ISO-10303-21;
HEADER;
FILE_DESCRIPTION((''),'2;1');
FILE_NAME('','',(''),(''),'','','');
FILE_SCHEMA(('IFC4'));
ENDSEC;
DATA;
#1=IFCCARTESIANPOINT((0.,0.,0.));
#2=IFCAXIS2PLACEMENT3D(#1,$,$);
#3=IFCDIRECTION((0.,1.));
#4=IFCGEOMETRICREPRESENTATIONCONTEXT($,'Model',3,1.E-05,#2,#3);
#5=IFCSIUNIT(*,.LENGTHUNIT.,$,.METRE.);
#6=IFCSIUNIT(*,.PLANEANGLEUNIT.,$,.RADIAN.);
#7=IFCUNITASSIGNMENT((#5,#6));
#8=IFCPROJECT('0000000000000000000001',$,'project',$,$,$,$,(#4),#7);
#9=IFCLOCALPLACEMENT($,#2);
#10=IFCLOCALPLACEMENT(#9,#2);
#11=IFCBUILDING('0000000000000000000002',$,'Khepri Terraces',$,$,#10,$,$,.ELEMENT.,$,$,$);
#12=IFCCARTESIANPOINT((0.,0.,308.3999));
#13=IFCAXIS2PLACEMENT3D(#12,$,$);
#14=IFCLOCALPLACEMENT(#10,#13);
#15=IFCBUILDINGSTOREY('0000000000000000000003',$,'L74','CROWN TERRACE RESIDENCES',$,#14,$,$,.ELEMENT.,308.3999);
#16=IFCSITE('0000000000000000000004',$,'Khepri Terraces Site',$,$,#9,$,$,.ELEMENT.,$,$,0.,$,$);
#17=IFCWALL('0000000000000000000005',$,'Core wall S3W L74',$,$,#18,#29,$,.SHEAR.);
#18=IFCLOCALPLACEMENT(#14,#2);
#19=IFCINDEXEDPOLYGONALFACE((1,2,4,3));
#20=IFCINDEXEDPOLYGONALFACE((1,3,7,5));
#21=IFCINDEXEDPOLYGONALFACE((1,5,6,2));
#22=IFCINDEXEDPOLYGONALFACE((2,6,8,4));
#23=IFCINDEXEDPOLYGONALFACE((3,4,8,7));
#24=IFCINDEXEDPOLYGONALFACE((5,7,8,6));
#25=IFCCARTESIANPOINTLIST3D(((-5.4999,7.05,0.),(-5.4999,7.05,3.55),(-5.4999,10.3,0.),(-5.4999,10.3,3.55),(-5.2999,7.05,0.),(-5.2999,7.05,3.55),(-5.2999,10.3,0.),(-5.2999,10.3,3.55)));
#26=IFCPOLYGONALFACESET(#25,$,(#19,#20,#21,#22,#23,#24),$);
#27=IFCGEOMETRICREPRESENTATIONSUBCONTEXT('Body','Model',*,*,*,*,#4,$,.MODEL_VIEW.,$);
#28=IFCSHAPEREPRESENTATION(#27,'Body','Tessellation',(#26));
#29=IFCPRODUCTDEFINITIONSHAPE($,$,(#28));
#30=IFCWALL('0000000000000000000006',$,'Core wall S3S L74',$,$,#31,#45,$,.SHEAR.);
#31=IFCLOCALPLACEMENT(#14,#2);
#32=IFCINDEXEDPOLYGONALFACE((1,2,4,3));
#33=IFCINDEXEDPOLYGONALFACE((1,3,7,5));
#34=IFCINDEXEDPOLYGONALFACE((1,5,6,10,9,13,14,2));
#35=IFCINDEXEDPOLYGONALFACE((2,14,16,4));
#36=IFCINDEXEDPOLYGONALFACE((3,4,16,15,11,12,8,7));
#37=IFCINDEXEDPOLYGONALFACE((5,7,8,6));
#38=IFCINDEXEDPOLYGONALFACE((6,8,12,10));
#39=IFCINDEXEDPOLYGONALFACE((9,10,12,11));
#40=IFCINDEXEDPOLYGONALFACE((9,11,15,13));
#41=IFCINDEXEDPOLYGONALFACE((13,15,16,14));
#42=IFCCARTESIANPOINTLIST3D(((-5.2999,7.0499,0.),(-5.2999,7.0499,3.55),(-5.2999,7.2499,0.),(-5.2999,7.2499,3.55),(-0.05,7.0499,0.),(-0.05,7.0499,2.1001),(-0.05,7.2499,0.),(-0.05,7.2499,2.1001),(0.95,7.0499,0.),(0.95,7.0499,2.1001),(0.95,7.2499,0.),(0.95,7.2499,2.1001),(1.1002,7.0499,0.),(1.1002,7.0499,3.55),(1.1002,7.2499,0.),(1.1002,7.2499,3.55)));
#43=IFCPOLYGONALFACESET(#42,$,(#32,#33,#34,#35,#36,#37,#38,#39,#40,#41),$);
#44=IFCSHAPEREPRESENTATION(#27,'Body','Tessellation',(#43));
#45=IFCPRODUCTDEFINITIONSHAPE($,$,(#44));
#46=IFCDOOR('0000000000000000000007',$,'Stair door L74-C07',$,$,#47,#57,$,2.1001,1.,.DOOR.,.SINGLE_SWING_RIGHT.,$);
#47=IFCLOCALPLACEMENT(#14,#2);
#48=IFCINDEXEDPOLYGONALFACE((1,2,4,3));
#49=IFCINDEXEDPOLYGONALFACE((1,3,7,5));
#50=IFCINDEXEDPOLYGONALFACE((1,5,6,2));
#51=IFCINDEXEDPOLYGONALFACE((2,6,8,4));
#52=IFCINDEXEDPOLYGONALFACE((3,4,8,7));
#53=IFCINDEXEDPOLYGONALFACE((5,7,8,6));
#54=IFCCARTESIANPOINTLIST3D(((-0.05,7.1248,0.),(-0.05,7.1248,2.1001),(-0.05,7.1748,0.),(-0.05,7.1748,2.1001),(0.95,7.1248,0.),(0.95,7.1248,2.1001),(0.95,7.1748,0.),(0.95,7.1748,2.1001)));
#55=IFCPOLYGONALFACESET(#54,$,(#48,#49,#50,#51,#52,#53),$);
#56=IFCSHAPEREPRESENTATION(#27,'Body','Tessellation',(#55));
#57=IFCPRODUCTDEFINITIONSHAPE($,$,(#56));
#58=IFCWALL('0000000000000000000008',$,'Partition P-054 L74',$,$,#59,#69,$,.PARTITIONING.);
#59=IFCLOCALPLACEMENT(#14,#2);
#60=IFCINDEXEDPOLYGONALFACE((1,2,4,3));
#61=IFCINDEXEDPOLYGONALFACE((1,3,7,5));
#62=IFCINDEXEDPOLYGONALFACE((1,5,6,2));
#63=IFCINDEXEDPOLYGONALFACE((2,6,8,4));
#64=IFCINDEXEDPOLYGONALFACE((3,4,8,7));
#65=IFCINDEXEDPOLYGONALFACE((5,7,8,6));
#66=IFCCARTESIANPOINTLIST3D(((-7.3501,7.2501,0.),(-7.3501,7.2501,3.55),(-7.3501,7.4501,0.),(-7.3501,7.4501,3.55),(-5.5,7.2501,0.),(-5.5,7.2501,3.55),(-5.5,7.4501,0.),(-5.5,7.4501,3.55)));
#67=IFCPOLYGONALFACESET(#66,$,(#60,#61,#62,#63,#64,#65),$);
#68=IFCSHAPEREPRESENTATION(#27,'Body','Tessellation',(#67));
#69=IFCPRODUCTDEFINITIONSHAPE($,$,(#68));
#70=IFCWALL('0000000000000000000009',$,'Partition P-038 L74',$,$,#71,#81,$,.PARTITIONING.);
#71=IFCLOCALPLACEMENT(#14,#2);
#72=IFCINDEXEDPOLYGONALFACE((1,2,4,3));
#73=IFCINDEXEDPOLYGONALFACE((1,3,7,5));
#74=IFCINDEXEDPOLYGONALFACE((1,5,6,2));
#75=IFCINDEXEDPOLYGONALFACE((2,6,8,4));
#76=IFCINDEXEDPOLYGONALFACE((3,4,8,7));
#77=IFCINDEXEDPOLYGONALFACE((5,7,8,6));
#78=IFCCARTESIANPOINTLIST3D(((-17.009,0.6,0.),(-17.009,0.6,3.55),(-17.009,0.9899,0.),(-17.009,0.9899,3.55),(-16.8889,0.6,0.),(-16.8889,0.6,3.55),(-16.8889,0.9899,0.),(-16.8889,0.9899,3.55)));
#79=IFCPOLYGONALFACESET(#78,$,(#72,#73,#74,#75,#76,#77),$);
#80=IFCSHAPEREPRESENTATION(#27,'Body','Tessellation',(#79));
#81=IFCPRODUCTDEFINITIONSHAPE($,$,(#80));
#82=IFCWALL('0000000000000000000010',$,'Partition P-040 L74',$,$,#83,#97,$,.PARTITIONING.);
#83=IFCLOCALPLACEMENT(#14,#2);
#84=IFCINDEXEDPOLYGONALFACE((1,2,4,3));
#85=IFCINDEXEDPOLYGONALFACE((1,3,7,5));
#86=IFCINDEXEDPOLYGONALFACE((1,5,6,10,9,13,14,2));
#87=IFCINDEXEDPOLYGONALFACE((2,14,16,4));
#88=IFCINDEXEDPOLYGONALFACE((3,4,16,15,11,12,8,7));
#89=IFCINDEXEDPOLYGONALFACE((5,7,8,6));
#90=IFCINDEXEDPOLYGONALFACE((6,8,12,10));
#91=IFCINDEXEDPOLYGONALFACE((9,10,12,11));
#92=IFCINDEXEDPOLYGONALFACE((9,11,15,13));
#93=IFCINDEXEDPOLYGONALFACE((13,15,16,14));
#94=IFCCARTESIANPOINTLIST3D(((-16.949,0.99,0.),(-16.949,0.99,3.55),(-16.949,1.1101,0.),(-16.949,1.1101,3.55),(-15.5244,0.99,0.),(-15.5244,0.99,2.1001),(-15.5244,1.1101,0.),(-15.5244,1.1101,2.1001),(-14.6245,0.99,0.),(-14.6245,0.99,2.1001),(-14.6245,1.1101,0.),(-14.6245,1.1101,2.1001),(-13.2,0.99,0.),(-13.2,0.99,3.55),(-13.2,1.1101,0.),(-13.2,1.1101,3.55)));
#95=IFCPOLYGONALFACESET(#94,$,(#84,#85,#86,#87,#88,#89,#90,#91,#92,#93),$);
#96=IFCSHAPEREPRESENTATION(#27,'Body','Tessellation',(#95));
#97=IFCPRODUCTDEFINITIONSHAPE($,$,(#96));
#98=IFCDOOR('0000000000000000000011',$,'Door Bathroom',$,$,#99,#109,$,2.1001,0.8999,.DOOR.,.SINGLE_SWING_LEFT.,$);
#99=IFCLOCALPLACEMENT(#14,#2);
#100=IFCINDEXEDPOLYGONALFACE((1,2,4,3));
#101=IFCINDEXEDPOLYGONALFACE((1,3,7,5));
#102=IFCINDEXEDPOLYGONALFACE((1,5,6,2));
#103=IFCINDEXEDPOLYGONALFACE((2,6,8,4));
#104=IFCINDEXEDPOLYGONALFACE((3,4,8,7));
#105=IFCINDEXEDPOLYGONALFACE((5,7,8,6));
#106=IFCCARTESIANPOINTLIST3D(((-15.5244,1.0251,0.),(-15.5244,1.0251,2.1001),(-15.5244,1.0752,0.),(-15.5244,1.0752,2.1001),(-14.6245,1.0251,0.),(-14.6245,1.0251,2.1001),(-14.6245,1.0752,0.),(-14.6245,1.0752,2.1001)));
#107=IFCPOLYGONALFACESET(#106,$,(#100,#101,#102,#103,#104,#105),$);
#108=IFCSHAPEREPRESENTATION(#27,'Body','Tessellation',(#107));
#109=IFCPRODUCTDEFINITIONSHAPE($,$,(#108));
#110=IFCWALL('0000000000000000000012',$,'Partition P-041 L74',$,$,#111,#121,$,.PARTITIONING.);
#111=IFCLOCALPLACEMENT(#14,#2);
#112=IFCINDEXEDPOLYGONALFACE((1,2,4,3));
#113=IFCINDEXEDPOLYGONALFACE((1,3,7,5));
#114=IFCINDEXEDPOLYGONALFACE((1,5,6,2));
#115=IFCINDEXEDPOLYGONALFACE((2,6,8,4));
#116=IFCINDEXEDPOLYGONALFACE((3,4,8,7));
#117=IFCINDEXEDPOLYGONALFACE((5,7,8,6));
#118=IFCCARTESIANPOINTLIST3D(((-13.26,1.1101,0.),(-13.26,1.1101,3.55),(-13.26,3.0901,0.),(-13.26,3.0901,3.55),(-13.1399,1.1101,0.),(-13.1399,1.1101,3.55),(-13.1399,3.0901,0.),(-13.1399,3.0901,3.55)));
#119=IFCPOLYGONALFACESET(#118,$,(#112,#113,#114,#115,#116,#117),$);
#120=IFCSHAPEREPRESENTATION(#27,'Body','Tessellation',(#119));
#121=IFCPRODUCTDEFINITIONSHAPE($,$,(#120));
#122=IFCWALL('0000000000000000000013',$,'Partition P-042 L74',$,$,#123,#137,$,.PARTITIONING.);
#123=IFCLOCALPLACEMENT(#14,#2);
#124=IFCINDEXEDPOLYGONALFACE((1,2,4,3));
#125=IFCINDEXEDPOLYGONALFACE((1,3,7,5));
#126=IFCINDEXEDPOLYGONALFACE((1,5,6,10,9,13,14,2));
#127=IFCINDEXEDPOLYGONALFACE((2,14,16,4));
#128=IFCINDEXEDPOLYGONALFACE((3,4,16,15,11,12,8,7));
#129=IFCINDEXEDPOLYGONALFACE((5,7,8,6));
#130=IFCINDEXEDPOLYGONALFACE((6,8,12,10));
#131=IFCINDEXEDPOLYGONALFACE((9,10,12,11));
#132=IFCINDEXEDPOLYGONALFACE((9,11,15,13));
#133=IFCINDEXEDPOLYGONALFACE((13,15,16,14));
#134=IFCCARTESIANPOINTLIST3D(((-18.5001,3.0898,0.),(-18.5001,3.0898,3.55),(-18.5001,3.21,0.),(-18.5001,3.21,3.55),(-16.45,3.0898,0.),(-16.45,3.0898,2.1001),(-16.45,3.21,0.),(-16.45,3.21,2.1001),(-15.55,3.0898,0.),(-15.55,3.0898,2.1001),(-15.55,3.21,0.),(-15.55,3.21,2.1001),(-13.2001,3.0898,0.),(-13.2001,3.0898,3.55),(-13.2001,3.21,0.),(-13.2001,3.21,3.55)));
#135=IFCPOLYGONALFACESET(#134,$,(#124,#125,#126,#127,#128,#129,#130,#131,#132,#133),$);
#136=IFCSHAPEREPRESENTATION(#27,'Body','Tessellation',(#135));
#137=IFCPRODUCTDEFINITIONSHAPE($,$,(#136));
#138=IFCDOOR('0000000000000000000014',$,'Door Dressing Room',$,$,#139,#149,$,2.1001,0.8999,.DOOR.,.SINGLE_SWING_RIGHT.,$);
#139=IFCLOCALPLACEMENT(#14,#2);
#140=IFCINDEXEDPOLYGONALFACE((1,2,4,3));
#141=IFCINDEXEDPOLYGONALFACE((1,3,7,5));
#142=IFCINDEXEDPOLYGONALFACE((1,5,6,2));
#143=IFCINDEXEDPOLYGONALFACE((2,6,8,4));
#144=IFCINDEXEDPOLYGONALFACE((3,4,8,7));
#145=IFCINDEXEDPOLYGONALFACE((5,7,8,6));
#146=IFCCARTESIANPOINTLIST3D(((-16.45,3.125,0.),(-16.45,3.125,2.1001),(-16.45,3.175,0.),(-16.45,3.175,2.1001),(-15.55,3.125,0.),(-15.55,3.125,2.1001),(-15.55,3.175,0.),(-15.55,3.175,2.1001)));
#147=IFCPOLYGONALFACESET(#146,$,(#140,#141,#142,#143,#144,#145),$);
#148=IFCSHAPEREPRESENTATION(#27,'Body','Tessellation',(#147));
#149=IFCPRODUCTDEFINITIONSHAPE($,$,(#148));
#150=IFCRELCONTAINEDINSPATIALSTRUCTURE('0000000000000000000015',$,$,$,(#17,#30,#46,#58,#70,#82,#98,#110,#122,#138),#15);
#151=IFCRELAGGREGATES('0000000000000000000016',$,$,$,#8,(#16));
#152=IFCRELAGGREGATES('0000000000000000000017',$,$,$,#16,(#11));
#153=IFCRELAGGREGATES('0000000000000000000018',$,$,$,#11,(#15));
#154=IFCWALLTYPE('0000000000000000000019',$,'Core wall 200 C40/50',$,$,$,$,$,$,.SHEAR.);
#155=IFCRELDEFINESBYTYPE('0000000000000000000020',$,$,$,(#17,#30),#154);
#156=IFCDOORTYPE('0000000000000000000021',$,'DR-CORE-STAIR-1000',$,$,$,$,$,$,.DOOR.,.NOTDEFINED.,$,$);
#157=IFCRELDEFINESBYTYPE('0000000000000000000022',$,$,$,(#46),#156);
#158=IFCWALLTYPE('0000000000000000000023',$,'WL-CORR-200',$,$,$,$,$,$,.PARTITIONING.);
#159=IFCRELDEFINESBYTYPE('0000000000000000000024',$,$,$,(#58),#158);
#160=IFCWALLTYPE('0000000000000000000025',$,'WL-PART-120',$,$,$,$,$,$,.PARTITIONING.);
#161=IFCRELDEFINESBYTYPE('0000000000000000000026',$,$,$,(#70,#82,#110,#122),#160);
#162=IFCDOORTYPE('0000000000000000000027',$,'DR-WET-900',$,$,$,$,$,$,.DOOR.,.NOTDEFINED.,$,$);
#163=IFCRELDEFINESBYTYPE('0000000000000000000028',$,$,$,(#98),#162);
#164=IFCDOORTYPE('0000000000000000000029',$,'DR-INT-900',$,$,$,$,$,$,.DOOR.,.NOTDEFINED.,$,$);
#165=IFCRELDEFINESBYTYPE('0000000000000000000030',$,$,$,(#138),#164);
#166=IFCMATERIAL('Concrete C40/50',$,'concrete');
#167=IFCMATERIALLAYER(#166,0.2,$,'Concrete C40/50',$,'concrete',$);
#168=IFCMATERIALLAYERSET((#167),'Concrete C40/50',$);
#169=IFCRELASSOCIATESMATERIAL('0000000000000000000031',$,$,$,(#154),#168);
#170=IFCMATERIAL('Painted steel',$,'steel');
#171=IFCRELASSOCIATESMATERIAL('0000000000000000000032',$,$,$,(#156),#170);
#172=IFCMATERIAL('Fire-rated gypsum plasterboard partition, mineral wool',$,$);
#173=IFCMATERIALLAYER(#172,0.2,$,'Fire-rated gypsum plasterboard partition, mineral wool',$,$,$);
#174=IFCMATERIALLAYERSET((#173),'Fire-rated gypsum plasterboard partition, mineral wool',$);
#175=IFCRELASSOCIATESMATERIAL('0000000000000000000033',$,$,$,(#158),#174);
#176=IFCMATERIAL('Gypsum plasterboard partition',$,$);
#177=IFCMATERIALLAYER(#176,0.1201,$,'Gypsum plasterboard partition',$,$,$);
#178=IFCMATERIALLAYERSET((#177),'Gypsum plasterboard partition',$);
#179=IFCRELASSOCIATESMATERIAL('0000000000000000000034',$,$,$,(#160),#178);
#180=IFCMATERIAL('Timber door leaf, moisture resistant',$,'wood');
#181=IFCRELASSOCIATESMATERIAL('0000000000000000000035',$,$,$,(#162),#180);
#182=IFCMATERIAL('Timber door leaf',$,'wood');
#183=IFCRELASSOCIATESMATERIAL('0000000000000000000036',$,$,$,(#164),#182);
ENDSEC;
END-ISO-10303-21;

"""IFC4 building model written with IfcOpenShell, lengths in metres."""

from ifc_helpers import new_model, si_unit, direction, frame, frame_2d, origin, place, context, subcontext, project, spatial, rectangle, extrude, material, layer, layer_set, type_object, element, fill, save


model = new_model("IFC4")

# Units and contexts
model_context = context("Model", 3, precision=1e-05, world=origin(), true_north=direction((0.0, 1.0)))
body_context = subcontext(model_context, "Body", "Model", "MODEL_VIEW")
ifc_project = project(units=[si_unit("LENGTHUNIT", "METRE"), si_unit("PLANEANGLEUNIT", "RADIAN")], contexts=[model_context])

# Site, building, storey
site_placement = place(None, origin())
site = spatial("IfcSite", under=ifc_project, at=site_placement, Name="Khepri Terraces Site", CompositionType="ELEMENT", RefElevation=0.0)
building_placement = place(site_placement, origin())
building = spatial("IfcBuilding", under=site, at=building_placement, Name="Khepri Terraces", CompositionType="ELEMENT")
storey_placement = place(building_placement, frame((0.0, 0.0, 308.3999)))
storey = spatial("IfcBuildingStorey", under=building, at=storey_placement, Name="L74", Description="CROWN TERRACE RESIDENCES", CompositionType="ELEMENT", Elevation=308.3999)

# Wall
ifc_material_1 = material(Name="Concrete C40/50", Category="concrete")
ifc_layer_1 = layer(ifc_material_1, 0.2, Name="Concrete C40/50", Category="concrete")
ifc_layer_set_1 = layer_set([ifc_layer_1], Name="Concrete C40/50")
wall_type_1 = type_object("IfcWallType", Name="Core wall 200 C40/50", PredefinedType="SHEAR", material=ifc_layer_set_1)
wall_1_placement = place(storey_placement, frame((-5.3999, 7.05, 0.0), z_axis=(0.0, 0.0, 1.0), x_axis=(0.0, 1.0, 0.0)))
element("IfcWall", 1, at=wall_1_placement, inside=storey, type_object=wall_type_1, Name="Core wall S3W L74", PredefinedType="SHEAR", context=body_context, shape_type="SweptSolid", body=[
    extrude(rectangle(XDim=3.25, YDim=0.2, at=frame_2d((1.625, 0.0))), origin(), (0.0, 0.0, 1.0), 3.55),
])

# Wall, opening, door
wall_2_placement = place(storey_placement, frame((-5.3, 7.1499, 0.0), z_axis=(0.0, 0.0, 1.0), x_axis=(1.0, 0.0, 0.0)))
wall_2 = element("IfcWall", 2, at=wall_2_placement, inside=storey, type_object=wall_type_1, Name="Core wall S3S L74", PredefinedType="SHEAR", context=body_context, shape_type="SweptSolid", body=[
    extrude(rectangle(XDim=6.4001, YDim=0.2, at=frame_2d((3.2002, 0.0))), origin(), (0.0, 0.0, 1.0), 3.55),
])
opening_1_placement = place(wall_2_placement, frame((5.25, 0.0, 0.0)))
opening_1 = element("IfcOpeningElement", 3, at=opening_1_placement, cuts=wall_2, PredefinedType="OPENING", context=body_context, shape_type="SweptSolid", body=[
    extrude(rectangle(XDim=1.0, YDim=2.1001, at=frame_2d((0.5, 1.05))), frame((0.0, 0.1099, 0.0), z_axis=(0.0, -1.0, 0.0), x_axis=(1.0, 0.0, 0.0)), (0.0, 0.0, 1.0), 0.22),
])
ifc_material_2 = material(Name="Painted steel", Category="steel")
door_type_1 = type_object("IfcDoorType", Name="DR-CORE-STAIR-1000", OperationType="NOTDEFINED", PredefinedType="DOOR", material=ifc_material_2)
door_1_placement = place(opening_1_placement, origin())
door_1 = element("IfcDoor", 4, at=door_1_placement, inside=storey, type_object=door_type_1, Name="Stair door L74-C07", OperationType="SINGLE_SWING_RIGHT", OverallHeight=2.1001, OverallWidth=1.0, PredefinedType="DOOR", context=body_context, shape_type="SweptSolid", body=[
    extrude(rectangle(XDim=1.0, YDim=2.1001, at=frame_2d((0.5, 1.05))), frame((0.0, 0.0249, 0.0), z_axis=(0.0, -1.0, 0.0), x_axis=(1.0, 0.0, 0.0)), (0.0, 0.0, 1.0), 0.05),
])
fill(opening_1, door_1)

# Walls
ifc_material_3 = material(Name="Fire-rated gypsum plasterboard partition, mineral wool")
ifc_layer_2 = layer(ifc_material_3, 0.2, Name="Fire-rated gypsum plasterboard partition, mineral wool")
ifc_layer_set_2 = layer_set([ifc_layer_2], Name="Fire-rated gypsum plasterboard partition, mineral wool")
wall_type_2 = type_object("IfcWallType", Name="WL-CORR-200", PredefinedType="PARTITIONING", material=ifc_layer_set_2)
wall_3_placement = place(storey_placement, frame((-7.3501, 7.3501, 0.0), z_axis=(0.0, 0.0, 1.0), x_axis=(1.0, 0.0, 0.0)))
element("IfcWall", 5, at=wall_3_placement, inside=storey, type_object=wall_type_2, Name="Partition P-054 L74", PredefinedType="PARTITIONING", context=body_context, shape_type="SweptSolid", body=[
    extrude(rectangle(XDim=1.8501, YDim=0.2, at=frame_2d((0.925, 0.0))), origin(), (0.0, 0.0, 1.0), 3.55),
])
ifc_material_4 = material(Name="Gypsum plasterboard partition")
ifc_layer_3 = layer(ifc_material_4, 0.1201, Name="Gypsum plasterboard partition")
ifc_layer_set_3 = layer_set([ifc_layer_3], Name="Gypsum plasterboard partition")
wall_type_3 = type_object("IfcWallType", Name="WL-PART-120", PredefinedType="PARTITIONING", material=ifc_layer_set_3)
wall_4_placement = place(storey_placement, frame((-16.949, 0.6001, 0.0), z_axis=(0.0, 0.0, 1.0), x_axis=(0.0, 1.0, 0.0)))
element("IfcWall", 6, at=wall_4_placement, inside=storey, type_object=wall_type_3, Name="Partition P-038 L74", PredefinedType="PARTITIONING", context=body_context, shape_type="SweptSolid", body=[
    extrude(rectangle(XDim=0.3899, YDim=0.1201, at=frame_2d((0.1948, 0.0))), origin(), (0.0, 0.0, 1.0), 3.55),
])

# Wall, opening, door
wall_5_placement = place(storey_placement, frame((-16.949, 1.05, 0.0), z_axis=(0.0, 0.0, 1.0), x_axis=(1.0, 0.0, 0.0)))
wall_5 = element("IfcWall", 7, at=wall_5_placement, inside=storey, type_object=wall_type_3, Name="Partition P-040 L74", PredefinedType="PARTITIONING", context=body_context, shape_type="SweptSolid", body=[
    extrude(rectangle(XDim=3.749, YDim=0.1201, at=frame_2d((1.8745, 0.0))), origin(), (0.0, 0.0, 1.0), 3.55),
])
opening_2_placement = place(wall_5_placement, frame((1.4246, 0.0, 0.0)))
opening_2 = element("IfcOpeningElement", 8, at=opening_2_placement, cuts=wall_5, PredefinedType="OPENING", context=body_context, shape_type="SweptSolid", body=[
    extrude(rectangle(XDim=0.8999, YDim=2.1001, at=frame_2d((0.45, 1.05))), frame((0.0, 0.0701, 0.0), z_axis=(0.0, -1.0, 0.0), x_axis=(1.0, 0.0, 0.0)), (0.0, 0.0, 1.0), 0.1401),
])
ifc_material_5 = material(Name="Timber door leaf, moisture resistant", Category="wood")
door_type_2 = type_object("IfcDoorType", Name="DR-WET-900", OperationType="NOTDEFINED", PredefinedType="DOOR", material=ifc_material_5)
door_2_placement = place(opening_2_placement, frame((0.8999, 0.0, 0.0), z_axis=(0.0, 0.0, 1.0), x_axis=(-1.0, 0.0, 0.0)))
door_2 = element("IfcDoor", 9, at=door_2_placement, inside=storey, type_object=door_type_2, Name="Door Bathroom", OperationType="SINGLE_SWING_LEFT", OverallHeight=2.1001, OverallWidth=0.8999, PredefinedType="DOOR", context=body_context, shape_type="SweptSolid", body=[
    extrude(rectangle(XDim=0.8999, YDim=2.1001, at=frame_2d((0.45, 1.05))), frame((0.0, 0.0249, 0.0), z_axis=(0.0, -1.0, 0.0), x_axis=(1.0, 0.0, 0.0)), (0.0, 0.0, 1.0), 0.05),
])
fill(opening_2, door_2)

# Wall
wall_6_placement = place(storey_placement, frame((-13.2, 1.1101, 0.0), z_axis=(0.0, 0.0, 1.0), x_axis=(0.0, 1.0, 0.0)))
element("IfcWall", 10, at=wall_6_placement, inside=storey, type_object=wall_type_3, Name="Partition P-041 L74", PredefinedType="PARTITIONING", context=body_context, shape_type="SweptSolid", body=[
    extrude(rectangle(XDim=1.98, YDim=0.1201, at=frame_2d((0.99, 0.0))), origin(), (0.0, 0.0, 1.0), 3.55),
])

# Wall, opening, door
wall_7_placement = place(storey_placement, frame((-18.5, 3.1499, 0.0), z_axis=(0.0, 0.0, 1.0), x_axis=(1.0, 0.0, 0.0)))
wall_7 = element("IfcWall", 11, at=wall_7_placement, inside=storey, type_object=wall_type_3, Name="Partition P-042 L74", PredefinedType="PARTITIONING", context=body_context, shape_type="SweptSolid", body=[
    extrude(rectangle(XDim=5.3, YDim=0.1201, at=frame_2d((2.6499, 0.0))), origin(), (0.0, 0.0, 1.0), 3.55),
])
opening_3_placement = place(wall_7_placement, frame((2.05, 0.0, 0.0)))
opening_3 = element("IfcOpeningElement", 12, at=opening_3_placement, cuts=wall_7, PredefinedType="OPENING", context=body_context, shape_type="SweptSolid", body=[
    extrude(rectangle(XDim=0.8999, YDim=2.1001, at=frame_2d((0.45, 1.05))), frame((0.0, 0.0701, 0.0), z_axis=(0.0, -1.0, 0.0), x_axis=(1.0, 0.0, 0.0)), (0.0, 0.0, 1.0), 0.1401),
])
ifc_material_6 = material(Name="Timber door leaf", Category="wood")
door_type_3 = type_object("IfcDoorType", Name="DR-INT-900", OperationType="NOTDEFINED", PredefinedType="DOOR", material=ifc_material_6)
door_3_placement = place(opening_3_placement, frame((0.8999, 0.0, 0.0), z_axis=(0.0, 0.0, 1.0), x_axis=(-1.0, 0.0, 0.0)))
door_3 = element("IfcDoor", 13, at=door_3_placement, inside=storey, type_object=door_type_3, Name="Door Dressing Room", OperationType="SINGLE_SWING_RIGHT", OverallHeight=2.1001, OverallWidth=0.8999, PredefinedType="DOOR", context=body_context, shape_type="SweptSolid", body=[
    extrude(rectangle(XDim=0.8999, YDim=2.1001, at=frame_2d((0.45, 1.05))), frame((0.0, 0.0249, 0.0), z_axis=(0.0, -1.0, 0.0), x_axis=(1.0, 0.0, 0.0)), (0.0, 0.0, 1.0), 0.05),
])
fill(opening_3, door_3)

save(model, "model.ifc")
